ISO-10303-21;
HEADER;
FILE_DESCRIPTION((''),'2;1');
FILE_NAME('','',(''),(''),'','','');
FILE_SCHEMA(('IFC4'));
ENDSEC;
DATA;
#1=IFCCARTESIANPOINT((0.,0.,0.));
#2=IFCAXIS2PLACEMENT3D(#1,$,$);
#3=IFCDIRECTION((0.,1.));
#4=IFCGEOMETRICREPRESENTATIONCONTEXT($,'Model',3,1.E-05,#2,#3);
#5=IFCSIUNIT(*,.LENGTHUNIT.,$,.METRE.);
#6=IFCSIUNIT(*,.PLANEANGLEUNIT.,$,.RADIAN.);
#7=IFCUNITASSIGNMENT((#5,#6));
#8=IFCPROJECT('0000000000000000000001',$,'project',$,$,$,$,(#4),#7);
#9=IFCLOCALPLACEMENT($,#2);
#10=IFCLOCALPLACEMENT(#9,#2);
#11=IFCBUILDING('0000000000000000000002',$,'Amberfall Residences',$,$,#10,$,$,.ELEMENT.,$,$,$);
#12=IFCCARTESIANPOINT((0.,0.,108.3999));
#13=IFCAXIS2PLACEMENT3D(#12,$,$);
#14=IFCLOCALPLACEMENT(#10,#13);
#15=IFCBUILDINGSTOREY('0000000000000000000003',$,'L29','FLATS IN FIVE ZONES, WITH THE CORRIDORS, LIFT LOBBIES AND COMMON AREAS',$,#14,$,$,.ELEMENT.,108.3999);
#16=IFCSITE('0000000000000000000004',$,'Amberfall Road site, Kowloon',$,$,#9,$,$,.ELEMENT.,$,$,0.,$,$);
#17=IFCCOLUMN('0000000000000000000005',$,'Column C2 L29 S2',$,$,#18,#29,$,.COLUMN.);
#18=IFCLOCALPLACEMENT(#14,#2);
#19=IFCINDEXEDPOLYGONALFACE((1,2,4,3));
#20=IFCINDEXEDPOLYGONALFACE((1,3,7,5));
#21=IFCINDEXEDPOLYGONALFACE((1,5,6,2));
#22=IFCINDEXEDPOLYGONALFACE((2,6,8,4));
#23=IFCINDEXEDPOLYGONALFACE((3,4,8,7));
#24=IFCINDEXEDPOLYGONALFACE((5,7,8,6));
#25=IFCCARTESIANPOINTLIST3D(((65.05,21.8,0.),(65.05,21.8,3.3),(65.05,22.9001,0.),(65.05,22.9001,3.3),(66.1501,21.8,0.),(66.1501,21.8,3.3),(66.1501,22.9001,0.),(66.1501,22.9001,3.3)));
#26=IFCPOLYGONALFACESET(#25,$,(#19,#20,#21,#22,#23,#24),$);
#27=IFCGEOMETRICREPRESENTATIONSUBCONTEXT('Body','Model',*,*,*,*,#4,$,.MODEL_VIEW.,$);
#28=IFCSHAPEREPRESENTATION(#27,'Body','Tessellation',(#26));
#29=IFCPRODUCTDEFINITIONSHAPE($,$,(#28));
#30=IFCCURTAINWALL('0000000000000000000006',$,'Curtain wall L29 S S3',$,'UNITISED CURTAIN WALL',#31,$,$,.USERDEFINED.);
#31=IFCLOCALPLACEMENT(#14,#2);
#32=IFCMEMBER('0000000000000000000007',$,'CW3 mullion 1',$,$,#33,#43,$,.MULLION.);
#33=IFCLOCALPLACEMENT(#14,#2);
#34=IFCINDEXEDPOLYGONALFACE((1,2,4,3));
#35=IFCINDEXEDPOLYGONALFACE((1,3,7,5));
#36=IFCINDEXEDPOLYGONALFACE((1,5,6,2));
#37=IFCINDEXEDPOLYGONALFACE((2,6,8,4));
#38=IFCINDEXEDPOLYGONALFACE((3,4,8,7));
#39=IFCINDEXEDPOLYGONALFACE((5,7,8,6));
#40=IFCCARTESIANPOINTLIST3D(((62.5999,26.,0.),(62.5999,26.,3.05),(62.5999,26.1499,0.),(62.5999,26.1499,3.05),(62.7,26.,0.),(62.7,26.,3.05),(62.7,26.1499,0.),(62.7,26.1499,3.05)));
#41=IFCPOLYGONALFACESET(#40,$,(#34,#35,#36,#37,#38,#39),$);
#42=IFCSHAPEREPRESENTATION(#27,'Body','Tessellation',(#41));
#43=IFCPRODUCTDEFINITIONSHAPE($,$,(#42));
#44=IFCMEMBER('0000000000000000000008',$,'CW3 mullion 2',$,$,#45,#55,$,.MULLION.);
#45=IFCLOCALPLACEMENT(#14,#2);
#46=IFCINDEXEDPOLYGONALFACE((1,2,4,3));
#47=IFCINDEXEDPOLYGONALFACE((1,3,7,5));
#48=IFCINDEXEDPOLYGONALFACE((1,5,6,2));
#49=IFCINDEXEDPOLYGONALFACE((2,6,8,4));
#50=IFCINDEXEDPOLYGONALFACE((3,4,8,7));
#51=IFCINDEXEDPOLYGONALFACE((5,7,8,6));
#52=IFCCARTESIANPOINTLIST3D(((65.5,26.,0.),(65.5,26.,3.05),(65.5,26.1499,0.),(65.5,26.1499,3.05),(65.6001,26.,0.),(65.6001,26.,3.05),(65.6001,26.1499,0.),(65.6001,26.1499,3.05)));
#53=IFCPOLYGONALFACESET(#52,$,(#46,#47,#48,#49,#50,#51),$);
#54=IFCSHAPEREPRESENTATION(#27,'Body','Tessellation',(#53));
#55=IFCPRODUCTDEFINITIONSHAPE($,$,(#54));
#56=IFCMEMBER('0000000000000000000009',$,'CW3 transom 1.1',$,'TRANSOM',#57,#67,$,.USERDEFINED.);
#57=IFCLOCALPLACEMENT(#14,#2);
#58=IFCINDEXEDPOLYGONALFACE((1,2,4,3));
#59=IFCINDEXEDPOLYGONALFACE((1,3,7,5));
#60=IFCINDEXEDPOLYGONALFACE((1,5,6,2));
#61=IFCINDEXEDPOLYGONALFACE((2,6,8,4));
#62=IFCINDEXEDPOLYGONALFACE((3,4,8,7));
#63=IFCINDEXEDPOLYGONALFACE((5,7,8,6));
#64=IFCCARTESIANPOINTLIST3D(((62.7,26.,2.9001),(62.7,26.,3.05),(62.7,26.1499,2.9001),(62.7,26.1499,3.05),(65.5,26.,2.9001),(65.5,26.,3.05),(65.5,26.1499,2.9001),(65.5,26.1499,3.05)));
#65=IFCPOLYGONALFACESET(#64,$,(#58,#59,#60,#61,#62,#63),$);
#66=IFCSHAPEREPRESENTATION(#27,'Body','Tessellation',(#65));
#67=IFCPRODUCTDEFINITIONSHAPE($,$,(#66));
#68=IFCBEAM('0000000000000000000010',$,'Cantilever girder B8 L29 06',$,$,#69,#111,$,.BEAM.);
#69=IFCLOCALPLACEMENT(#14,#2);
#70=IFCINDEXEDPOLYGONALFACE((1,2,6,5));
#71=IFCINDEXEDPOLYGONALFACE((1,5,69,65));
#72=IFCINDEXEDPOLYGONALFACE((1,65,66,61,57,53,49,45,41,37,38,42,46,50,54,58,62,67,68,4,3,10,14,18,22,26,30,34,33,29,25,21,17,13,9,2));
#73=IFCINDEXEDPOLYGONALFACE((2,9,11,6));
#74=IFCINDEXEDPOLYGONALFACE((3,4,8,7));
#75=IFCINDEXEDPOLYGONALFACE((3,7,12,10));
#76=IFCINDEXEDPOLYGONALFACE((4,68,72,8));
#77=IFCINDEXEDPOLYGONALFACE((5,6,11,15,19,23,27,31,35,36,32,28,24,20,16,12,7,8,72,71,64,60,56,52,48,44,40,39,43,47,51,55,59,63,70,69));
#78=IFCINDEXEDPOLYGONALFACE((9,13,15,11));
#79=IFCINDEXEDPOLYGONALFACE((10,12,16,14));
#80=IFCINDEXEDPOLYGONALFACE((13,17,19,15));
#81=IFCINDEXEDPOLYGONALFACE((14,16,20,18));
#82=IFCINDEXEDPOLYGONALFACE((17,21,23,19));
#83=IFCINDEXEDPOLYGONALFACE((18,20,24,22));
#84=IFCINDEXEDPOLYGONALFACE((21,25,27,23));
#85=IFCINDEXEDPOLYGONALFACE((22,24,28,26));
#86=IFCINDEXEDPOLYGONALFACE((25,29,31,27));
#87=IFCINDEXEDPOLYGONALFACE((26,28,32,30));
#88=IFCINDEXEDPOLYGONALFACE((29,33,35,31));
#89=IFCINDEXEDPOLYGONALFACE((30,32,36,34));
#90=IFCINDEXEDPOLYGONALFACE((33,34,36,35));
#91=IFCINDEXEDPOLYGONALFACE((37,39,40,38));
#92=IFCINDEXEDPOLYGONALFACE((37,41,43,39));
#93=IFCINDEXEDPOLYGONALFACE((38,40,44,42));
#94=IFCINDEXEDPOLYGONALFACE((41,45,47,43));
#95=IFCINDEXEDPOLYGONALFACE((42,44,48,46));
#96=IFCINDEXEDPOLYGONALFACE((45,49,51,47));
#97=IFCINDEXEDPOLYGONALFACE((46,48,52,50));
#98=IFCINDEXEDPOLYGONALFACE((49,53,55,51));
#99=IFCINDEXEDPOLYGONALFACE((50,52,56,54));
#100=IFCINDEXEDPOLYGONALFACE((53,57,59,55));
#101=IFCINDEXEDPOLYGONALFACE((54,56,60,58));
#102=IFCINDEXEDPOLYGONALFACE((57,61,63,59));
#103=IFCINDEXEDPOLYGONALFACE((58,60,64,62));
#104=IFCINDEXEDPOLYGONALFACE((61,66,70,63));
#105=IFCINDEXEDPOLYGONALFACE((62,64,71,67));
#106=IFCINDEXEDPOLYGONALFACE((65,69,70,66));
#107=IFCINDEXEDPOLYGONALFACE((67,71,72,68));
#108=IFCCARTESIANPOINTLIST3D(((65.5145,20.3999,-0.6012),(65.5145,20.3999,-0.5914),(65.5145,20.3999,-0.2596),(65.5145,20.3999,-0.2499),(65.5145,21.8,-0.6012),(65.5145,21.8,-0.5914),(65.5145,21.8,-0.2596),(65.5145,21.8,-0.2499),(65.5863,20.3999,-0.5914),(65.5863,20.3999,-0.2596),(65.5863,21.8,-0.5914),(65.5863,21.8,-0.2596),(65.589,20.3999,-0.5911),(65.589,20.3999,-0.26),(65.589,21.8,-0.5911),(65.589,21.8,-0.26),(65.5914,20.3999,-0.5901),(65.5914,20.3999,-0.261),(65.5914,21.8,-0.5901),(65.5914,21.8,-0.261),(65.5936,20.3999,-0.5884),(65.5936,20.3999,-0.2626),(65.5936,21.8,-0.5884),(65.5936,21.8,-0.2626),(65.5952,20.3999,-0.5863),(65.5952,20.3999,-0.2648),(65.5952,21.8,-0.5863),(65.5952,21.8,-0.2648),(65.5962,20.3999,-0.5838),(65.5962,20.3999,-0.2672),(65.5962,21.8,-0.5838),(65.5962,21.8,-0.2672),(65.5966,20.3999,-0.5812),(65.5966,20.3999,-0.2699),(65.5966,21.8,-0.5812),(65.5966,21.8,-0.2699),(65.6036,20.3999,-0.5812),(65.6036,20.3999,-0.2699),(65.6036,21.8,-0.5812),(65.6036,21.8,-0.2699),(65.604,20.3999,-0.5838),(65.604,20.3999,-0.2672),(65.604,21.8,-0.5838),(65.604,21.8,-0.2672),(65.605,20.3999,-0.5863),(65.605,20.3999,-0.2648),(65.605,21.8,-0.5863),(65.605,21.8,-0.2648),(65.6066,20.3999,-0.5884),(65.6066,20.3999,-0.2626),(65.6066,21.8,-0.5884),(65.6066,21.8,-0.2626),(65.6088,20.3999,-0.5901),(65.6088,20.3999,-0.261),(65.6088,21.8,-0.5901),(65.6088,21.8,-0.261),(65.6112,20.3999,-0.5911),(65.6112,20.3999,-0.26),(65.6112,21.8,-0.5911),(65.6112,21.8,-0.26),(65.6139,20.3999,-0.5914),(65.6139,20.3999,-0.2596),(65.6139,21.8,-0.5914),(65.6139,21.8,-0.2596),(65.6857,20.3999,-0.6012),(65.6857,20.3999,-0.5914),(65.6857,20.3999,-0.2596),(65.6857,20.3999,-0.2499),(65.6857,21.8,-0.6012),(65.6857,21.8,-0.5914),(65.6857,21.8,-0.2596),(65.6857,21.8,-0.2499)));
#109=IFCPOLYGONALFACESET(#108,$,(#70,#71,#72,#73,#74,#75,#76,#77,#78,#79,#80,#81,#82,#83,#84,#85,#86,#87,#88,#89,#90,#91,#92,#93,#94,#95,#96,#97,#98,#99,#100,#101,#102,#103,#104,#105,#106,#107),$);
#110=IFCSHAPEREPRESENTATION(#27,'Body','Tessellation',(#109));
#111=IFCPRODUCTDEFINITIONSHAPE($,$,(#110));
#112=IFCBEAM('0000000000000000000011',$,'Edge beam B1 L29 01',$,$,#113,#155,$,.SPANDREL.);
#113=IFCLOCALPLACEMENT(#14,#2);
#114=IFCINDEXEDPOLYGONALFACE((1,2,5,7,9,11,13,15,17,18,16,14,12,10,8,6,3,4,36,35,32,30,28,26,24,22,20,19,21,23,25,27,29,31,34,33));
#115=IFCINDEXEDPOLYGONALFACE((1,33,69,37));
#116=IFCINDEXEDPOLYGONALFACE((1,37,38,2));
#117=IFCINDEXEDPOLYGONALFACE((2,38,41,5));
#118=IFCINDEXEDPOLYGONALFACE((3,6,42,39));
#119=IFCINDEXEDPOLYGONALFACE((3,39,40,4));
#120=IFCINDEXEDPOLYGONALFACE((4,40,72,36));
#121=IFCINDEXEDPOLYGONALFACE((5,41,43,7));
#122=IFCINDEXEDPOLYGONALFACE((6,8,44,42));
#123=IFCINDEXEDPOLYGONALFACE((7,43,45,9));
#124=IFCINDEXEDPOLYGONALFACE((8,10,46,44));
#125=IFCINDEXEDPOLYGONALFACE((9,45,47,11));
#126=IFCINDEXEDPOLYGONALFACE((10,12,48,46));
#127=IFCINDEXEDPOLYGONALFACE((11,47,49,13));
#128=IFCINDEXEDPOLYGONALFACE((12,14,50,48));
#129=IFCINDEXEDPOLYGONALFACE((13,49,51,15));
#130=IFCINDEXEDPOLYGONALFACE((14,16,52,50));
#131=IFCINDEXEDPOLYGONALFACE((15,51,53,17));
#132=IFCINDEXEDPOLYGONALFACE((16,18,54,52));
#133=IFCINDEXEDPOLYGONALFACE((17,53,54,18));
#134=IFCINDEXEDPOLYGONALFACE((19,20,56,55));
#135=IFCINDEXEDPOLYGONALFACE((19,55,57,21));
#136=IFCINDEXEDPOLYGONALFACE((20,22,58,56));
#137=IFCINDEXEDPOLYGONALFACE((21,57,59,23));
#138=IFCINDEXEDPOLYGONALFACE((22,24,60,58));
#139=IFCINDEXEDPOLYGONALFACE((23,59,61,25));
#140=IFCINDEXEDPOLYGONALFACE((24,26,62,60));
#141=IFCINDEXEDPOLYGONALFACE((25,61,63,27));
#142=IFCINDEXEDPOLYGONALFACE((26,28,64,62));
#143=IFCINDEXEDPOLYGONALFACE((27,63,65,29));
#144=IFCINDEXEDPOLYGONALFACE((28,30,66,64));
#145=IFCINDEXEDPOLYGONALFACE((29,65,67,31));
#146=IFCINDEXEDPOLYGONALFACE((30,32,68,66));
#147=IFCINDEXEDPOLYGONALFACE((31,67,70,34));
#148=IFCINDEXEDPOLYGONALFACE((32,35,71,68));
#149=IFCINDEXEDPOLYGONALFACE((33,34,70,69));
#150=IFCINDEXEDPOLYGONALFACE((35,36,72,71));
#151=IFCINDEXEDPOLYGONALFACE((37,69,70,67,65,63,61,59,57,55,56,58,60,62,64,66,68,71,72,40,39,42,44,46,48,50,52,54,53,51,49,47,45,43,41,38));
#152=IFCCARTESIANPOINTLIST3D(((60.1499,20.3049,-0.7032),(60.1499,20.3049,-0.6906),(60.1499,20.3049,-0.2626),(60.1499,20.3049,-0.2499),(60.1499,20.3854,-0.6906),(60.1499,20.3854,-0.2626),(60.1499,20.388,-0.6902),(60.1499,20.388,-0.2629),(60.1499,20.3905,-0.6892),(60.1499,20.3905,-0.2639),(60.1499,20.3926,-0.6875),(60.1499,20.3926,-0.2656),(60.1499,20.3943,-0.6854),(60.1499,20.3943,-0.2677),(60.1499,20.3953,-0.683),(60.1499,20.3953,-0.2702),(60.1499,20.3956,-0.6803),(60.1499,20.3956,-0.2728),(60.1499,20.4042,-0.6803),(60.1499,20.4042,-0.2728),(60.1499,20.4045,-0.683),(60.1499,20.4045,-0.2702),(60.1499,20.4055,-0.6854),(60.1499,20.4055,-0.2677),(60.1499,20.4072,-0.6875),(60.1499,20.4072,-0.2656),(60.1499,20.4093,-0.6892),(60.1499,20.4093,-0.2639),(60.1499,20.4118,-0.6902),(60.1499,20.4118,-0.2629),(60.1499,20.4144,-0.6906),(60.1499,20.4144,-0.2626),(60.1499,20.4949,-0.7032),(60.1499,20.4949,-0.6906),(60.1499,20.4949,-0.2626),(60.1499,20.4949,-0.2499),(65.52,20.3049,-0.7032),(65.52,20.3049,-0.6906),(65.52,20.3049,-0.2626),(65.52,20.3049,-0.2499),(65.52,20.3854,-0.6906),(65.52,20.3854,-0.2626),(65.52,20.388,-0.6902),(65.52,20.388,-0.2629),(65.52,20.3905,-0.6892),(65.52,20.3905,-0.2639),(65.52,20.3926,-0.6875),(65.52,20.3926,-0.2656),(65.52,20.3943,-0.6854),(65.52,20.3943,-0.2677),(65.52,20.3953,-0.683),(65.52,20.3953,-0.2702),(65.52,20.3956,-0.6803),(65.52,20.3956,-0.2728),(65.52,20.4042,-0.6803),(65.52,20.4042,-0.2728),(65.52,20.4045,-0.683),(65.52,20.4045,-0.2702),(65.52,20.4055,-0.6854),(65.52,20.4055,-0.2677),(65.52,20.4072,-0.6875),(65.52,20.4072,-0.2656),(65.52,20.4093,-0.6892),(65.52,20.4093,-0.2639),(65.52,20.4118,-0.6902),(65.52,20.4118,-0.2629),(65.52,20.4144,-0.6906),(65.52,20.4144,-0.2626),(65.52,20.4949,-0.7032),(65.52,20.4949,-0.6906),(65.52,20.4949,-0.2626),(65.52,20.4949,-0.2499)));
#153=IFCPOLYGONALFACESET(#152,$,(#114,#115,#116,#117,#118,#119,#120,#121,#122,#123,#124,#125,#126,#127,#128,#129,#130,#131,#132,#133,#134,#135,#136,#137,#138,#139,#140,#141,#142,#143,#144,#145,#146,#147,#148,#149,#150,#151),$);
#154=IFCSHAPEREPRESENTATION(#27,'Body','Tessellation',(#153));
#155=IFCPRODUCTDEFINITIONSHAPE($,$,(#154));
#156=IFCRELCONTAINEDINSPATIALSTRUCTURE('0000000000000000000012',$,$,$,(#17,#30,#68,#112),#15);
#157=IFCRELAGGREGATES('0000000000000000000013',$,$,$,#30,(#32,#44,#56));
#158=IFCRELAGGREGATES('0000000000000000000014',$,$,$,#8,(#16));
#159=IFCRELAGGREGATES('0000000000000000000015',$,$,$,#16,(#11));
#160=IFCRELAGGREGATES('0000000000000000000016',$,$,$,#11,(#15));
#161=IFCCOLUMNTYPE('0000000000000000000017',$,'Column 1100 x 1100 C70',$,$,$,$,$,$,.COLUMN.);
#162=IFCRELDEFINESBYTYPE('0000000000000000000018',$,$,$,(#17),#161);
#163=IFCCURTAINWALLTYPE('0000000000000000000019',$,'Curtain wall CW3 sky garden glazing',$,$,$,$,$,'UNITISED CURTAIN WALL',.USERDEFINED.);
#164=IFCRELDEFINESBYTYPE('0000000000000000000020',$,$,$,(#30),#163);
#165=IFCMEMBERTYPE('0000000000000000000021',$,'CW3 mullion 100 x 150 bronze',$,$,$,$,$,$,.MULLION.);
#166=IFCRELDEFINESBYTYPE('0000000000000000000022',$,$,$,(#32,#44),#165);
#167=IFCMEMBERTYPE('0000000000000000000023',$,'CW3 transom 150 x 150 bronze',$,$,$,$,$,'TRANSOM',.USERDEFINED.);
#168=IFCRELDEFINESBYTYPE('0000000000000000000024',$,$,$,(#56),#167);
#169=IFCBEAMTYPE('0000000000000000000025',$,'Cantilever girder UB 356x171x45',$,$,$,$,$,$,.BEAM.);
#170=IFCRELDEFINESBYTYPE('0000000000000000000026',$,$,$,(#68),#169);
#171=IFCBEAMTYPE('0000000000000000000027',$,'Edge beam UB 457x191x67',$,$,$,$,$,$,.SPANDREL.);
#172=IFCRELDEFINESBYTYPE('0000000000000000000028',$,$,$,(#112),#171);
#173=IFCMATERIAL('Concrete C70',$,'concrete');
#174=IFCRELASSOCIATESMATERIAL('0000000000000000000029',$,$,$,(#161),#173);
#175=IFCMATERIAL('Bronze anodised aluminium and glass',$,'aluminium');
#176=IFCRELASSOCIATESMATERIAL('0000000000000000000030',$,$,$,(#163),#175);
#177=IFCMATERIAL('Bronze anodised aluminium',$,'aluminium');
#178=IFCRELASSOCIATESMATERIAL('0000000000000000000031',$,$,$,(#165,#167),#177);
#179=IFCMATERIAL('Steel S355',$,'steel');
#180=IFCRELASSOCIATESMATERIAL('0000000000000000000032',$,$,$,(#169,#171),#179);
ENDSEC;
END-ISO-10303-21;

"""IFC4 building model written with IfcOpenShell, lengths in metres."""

from ifc_helpers import new_model, si_unit, direction, frame, origin, origin_2d, place, context, subcontext, project, spatial, rectangle, i_section, extrude, material, material_profile, profile_set, type_object, element, aggregate, save


model = new_model("IFC4")

# Units and contexts
model_context = context("Model", 3, precision=1e-05, world=origin(), true_north=direction((0.0, 1.0)))
body_context = subcontext(model_context, "Body", "Model", "MODEL_VIEW")
ifc_project = project(units=[si_unit("LENGTHUNIT", "METRE"), si_unit("PLANEANGLEUNIT", "RADIAN")], contexts=[model_context])

# Site, building, storey
site_placement = place(None, origin())
site = spatial("IfcSite", under=ifc_project, at=site_placement, Name="Amberfall Road site, Kowloon", CompositionType="ELEMENT", RefElevation=0.0)
building_placement = place(site_placement, origin())
building = spatial("IfcBuilding", under=site, at=building_placement, Name="Amberfall Residences", CompositionType="ELEMENT")
storey_placement = place(building_placement, frame((0.0, 0.0, 108.3999)))
storey = spatial("IfcBuildingStorey", under=building, at=storey_placement, Name="L29", Description="FLATS IN FIVE ZONES, WITH THE CORRIDORS, LIFT LOBBIES AND COMMON AREAS", CompositionType="ELEMENT", Elevation=108.3999)

# Column
ifc_material_1 = material(Name="Concrete C70", Category="concrete")
ifc_material_profile_1 = material_profile(ifc_material_1, rectangle(XDim=1.1001, YDim=1.1001, at=origin_2d()), Name="Column 1100 x 1100 C70")
ifc_profile_set_1 = profile_set([ifc_material_profile_1], Name="Concrete C70")
column_type = type_object("IfcColumnType", Name="Column 1100 x 1100 C70", PredefinedType="COLUMN", material=ifc_profile_set_1)
column_placement = place(storey_placement, frame((65.6001, 22.3501, 0.0), z_axis=(0.0, 0.0, 1.0), x_axis=(1.0, 0.0, 0.0)))
element("IfcColumn", 1, at=column_placement, inside=storey, type_object=column_type, Name="Column C2 L29 S2", PredefinedType="COLUMN", context=body_context, shape_type="SweptSolid", body=[
    extrude(rectangle(XDim=1.1001, YDim=1.1001, at=origin_2d()), origin(), (0.0, 0.0, 1.0), 3.3),
])

# Curtain wall, members
ifc_material_2 = material(Name="Bronze anodised aluminium and glass", Category="aluminium")
curtain_wall_type = type_object("IfcCurtainWallType", Name="Curtain wall CW3 sky garden glazing", ElementType="UNITISED CURTAIN WALL", PredefinedType="USERDEFINED", material=ifc_material_2)
curtain_wall_placement = place(storey_placement, origin())
curtain_wall = element("IfcCurtainWall", 2, at=curtain_wall_placement, inside=storey, type_object=curtain_wall_type, Name="Curtain wall L29 S S3", ObjectType="UNITISED CURTAIN WALL", PredefinedType="USERDEFINED")
ifc_material_3 = material(Name="Bronze anodised aluminium", Category="aluminium")
ifc_material_profile_2 = material_profile(ifc_material_3, rectangle(XDim=0.1499, YDim=0.1001, at=origin_2d()), Name="CW3 mullion 100 x 150 bronze")
ifc_profile_set_2 = profile_set([ifc_material_profile_2], Name="Bronze anodised aluminium")
member_type_1 = type_object("IfcMemberType", Name="CW3 mullion 100 x 150 bronze", PredefinedType="MULLION", material=ifc_profile_set_2)
member_1_placement = place(storey_placement, frame((62.6499, 26.075, 0.0), z_axis=(0.0, 0.0, 1.0), x_axis=(0.0, 1.0, 0.0)))
member_1 = element("IfcMember", 3, at=member_1_placement, type_object=member_type_1, Name="CW3 mullion 1", PredefinedType="MULLION", context=body_context, shape_type="SweptSolid", body=[
    extrude(rectangle(XDim=0.1499, YDim=0.1001, at=origin_2d()), origin(), (0.0, 0.0, 1.0), 3.05),
])
member_2_placement = place(storey_placement, frame((65.55, 26.075, 0.0), z_axis=(0.0, 0.0, 1.0), x_axis=(0.0, 1.0, 0.0)))
member_2 = element("IfcMember", 4, at=member_2_placement, type_object=member_type_1, Name="CW3 mullion 2", PredefinedType="MULLION", context=body_context, shape_type="SweptSolid", body=[
    extrude(rectangle(XDim=0.1499, YDim=0.1001, at=origin_2d()), origin(), (0.0, 0.0, 1.0), 3.05),
])
ifc_material_profile_3 = material_profile(ifc_material_3, rectangle(XDim=0.1499, YDim=0.1499, at=origin_2d()), Name="CW3 transom 150 x 150 bronze")
ifc_profile_set_3 = profile_set([ifc_material_profile_3], Name="Bronze anodised aluminium")
member_type_2 = type_object("IfcMemberType", Name="CW3 transom 150 x 150 bronze", ElementType="TRANSOM", PredefinedType="USERDEFINED", material=ifc_profile_set_3)
member_3_placement = place(storey_placement, frame((62.7, 26.075, 2.9751), z_axis=(1.0, 0.0, 0.0), x_axis=(0.0, 1.0, 0.0)))
member_3 = element("IfcMember", 5, at=member_3_placement, type_object=member_type_2, Name="CW3 transom 1.1", ObjectType="TRANSOM", PredefinedType="USERDEFINED", context=body_context, shape_type="SweptSolid", body=[
    extrude(rectangle(XDim=0.1499, YDim=0.1499, at=origin_2d()), origin(), (0.0, 0.0, 1.0), 2.8),
])

# Beams
ifc_material_4 = material(Name="Steel S355", Category="steel")
ifc_material_profile_4 = material_profile(ifc_material_4, i_section(OverallWidth=0.1711, OverallDepth=0.3513, WebThickness=0.0071, FlangeThickness=0.0098, FilletRadius=0.0103, at=origin_2d()), Name="UB 356x171x45")
ifc_profile_set_4 = profile_set([ifc_material_profile_4], Name="Steel S355")
beam_type_1 = type_object("IfcBeamType", Name="Cantilever girder UB 356x171x45", PredefinedType="BEAM", material=ifc_profile_set_4)
beam_1_placement = place(storey_placement, frame((65.6001, 21.8, -0.4255), z_axis=(0.0, -1.0, 0.0), x_axis=(1.0, 0.0, 0.0)))
element("IfcBeam", 6, at=beam_1_placement, inside=storey, type_object=beam_type_1, Name="Cantilever girder B8 L29 06", PredefinedType="BEAM", context=body_context, shape_type="SweptSolid", body=[
    extrude(i_section(OverallWidth=0.1711, OverallDepth=0.3513, WebThickness=0.0071, FlangeThickness=0.0098, FilletRadius=0.0103, at=origin_2d()), origin(), (0.0, 0.0, 1.0), 1.4001),
])
ifc_material_profile_5 = material_profile(ifc_material_4, i_section(OverallWidth=0.1899, OverallDepth=0.4534, WebThickness=0.0085, FlangeThickness=0.0127, FilletRadius=0.0103, at=origin_2d()), Name="UB 457x191x67")
ifc_profile_set_5 = profile_set([ifc_material_profile_5], Name="Steel S355")
beam_type_2 = type_object("IfcBeamType", Name="Edge beam UB 457x191x67", PredefinedType="SPANDREL", material=ifc_profile_set_5)
beam_2_placement = place(storey_placement, frame((60.1499, 20.3999, -0.4766), z_axis=(1.0, 0.0, 0.0), x_axis=(0.0, 1.0, 0.0)))
element("IfcBeam", 7, at=beam_2_placement, inside=storey, type_object=beam_type_2, Name="Edge beam B1 L29 01", PredefinedType="SPANDREL", context=body_context, shape_type="SweptSolid", body=[
    extrude(i_section(OverallWidth=0.1899, OverallDepth=0.4534, WebThickness=0.0085, FlangeThickness=0.0127, FilletRadius=0.0103, at=origin_2d()), origin(), (0.0, 0.0, 1.0), 5.3701),
])

aggregate(curtain_wall, [member_1, member_2, member_3])

save(model, "model.ifc")
